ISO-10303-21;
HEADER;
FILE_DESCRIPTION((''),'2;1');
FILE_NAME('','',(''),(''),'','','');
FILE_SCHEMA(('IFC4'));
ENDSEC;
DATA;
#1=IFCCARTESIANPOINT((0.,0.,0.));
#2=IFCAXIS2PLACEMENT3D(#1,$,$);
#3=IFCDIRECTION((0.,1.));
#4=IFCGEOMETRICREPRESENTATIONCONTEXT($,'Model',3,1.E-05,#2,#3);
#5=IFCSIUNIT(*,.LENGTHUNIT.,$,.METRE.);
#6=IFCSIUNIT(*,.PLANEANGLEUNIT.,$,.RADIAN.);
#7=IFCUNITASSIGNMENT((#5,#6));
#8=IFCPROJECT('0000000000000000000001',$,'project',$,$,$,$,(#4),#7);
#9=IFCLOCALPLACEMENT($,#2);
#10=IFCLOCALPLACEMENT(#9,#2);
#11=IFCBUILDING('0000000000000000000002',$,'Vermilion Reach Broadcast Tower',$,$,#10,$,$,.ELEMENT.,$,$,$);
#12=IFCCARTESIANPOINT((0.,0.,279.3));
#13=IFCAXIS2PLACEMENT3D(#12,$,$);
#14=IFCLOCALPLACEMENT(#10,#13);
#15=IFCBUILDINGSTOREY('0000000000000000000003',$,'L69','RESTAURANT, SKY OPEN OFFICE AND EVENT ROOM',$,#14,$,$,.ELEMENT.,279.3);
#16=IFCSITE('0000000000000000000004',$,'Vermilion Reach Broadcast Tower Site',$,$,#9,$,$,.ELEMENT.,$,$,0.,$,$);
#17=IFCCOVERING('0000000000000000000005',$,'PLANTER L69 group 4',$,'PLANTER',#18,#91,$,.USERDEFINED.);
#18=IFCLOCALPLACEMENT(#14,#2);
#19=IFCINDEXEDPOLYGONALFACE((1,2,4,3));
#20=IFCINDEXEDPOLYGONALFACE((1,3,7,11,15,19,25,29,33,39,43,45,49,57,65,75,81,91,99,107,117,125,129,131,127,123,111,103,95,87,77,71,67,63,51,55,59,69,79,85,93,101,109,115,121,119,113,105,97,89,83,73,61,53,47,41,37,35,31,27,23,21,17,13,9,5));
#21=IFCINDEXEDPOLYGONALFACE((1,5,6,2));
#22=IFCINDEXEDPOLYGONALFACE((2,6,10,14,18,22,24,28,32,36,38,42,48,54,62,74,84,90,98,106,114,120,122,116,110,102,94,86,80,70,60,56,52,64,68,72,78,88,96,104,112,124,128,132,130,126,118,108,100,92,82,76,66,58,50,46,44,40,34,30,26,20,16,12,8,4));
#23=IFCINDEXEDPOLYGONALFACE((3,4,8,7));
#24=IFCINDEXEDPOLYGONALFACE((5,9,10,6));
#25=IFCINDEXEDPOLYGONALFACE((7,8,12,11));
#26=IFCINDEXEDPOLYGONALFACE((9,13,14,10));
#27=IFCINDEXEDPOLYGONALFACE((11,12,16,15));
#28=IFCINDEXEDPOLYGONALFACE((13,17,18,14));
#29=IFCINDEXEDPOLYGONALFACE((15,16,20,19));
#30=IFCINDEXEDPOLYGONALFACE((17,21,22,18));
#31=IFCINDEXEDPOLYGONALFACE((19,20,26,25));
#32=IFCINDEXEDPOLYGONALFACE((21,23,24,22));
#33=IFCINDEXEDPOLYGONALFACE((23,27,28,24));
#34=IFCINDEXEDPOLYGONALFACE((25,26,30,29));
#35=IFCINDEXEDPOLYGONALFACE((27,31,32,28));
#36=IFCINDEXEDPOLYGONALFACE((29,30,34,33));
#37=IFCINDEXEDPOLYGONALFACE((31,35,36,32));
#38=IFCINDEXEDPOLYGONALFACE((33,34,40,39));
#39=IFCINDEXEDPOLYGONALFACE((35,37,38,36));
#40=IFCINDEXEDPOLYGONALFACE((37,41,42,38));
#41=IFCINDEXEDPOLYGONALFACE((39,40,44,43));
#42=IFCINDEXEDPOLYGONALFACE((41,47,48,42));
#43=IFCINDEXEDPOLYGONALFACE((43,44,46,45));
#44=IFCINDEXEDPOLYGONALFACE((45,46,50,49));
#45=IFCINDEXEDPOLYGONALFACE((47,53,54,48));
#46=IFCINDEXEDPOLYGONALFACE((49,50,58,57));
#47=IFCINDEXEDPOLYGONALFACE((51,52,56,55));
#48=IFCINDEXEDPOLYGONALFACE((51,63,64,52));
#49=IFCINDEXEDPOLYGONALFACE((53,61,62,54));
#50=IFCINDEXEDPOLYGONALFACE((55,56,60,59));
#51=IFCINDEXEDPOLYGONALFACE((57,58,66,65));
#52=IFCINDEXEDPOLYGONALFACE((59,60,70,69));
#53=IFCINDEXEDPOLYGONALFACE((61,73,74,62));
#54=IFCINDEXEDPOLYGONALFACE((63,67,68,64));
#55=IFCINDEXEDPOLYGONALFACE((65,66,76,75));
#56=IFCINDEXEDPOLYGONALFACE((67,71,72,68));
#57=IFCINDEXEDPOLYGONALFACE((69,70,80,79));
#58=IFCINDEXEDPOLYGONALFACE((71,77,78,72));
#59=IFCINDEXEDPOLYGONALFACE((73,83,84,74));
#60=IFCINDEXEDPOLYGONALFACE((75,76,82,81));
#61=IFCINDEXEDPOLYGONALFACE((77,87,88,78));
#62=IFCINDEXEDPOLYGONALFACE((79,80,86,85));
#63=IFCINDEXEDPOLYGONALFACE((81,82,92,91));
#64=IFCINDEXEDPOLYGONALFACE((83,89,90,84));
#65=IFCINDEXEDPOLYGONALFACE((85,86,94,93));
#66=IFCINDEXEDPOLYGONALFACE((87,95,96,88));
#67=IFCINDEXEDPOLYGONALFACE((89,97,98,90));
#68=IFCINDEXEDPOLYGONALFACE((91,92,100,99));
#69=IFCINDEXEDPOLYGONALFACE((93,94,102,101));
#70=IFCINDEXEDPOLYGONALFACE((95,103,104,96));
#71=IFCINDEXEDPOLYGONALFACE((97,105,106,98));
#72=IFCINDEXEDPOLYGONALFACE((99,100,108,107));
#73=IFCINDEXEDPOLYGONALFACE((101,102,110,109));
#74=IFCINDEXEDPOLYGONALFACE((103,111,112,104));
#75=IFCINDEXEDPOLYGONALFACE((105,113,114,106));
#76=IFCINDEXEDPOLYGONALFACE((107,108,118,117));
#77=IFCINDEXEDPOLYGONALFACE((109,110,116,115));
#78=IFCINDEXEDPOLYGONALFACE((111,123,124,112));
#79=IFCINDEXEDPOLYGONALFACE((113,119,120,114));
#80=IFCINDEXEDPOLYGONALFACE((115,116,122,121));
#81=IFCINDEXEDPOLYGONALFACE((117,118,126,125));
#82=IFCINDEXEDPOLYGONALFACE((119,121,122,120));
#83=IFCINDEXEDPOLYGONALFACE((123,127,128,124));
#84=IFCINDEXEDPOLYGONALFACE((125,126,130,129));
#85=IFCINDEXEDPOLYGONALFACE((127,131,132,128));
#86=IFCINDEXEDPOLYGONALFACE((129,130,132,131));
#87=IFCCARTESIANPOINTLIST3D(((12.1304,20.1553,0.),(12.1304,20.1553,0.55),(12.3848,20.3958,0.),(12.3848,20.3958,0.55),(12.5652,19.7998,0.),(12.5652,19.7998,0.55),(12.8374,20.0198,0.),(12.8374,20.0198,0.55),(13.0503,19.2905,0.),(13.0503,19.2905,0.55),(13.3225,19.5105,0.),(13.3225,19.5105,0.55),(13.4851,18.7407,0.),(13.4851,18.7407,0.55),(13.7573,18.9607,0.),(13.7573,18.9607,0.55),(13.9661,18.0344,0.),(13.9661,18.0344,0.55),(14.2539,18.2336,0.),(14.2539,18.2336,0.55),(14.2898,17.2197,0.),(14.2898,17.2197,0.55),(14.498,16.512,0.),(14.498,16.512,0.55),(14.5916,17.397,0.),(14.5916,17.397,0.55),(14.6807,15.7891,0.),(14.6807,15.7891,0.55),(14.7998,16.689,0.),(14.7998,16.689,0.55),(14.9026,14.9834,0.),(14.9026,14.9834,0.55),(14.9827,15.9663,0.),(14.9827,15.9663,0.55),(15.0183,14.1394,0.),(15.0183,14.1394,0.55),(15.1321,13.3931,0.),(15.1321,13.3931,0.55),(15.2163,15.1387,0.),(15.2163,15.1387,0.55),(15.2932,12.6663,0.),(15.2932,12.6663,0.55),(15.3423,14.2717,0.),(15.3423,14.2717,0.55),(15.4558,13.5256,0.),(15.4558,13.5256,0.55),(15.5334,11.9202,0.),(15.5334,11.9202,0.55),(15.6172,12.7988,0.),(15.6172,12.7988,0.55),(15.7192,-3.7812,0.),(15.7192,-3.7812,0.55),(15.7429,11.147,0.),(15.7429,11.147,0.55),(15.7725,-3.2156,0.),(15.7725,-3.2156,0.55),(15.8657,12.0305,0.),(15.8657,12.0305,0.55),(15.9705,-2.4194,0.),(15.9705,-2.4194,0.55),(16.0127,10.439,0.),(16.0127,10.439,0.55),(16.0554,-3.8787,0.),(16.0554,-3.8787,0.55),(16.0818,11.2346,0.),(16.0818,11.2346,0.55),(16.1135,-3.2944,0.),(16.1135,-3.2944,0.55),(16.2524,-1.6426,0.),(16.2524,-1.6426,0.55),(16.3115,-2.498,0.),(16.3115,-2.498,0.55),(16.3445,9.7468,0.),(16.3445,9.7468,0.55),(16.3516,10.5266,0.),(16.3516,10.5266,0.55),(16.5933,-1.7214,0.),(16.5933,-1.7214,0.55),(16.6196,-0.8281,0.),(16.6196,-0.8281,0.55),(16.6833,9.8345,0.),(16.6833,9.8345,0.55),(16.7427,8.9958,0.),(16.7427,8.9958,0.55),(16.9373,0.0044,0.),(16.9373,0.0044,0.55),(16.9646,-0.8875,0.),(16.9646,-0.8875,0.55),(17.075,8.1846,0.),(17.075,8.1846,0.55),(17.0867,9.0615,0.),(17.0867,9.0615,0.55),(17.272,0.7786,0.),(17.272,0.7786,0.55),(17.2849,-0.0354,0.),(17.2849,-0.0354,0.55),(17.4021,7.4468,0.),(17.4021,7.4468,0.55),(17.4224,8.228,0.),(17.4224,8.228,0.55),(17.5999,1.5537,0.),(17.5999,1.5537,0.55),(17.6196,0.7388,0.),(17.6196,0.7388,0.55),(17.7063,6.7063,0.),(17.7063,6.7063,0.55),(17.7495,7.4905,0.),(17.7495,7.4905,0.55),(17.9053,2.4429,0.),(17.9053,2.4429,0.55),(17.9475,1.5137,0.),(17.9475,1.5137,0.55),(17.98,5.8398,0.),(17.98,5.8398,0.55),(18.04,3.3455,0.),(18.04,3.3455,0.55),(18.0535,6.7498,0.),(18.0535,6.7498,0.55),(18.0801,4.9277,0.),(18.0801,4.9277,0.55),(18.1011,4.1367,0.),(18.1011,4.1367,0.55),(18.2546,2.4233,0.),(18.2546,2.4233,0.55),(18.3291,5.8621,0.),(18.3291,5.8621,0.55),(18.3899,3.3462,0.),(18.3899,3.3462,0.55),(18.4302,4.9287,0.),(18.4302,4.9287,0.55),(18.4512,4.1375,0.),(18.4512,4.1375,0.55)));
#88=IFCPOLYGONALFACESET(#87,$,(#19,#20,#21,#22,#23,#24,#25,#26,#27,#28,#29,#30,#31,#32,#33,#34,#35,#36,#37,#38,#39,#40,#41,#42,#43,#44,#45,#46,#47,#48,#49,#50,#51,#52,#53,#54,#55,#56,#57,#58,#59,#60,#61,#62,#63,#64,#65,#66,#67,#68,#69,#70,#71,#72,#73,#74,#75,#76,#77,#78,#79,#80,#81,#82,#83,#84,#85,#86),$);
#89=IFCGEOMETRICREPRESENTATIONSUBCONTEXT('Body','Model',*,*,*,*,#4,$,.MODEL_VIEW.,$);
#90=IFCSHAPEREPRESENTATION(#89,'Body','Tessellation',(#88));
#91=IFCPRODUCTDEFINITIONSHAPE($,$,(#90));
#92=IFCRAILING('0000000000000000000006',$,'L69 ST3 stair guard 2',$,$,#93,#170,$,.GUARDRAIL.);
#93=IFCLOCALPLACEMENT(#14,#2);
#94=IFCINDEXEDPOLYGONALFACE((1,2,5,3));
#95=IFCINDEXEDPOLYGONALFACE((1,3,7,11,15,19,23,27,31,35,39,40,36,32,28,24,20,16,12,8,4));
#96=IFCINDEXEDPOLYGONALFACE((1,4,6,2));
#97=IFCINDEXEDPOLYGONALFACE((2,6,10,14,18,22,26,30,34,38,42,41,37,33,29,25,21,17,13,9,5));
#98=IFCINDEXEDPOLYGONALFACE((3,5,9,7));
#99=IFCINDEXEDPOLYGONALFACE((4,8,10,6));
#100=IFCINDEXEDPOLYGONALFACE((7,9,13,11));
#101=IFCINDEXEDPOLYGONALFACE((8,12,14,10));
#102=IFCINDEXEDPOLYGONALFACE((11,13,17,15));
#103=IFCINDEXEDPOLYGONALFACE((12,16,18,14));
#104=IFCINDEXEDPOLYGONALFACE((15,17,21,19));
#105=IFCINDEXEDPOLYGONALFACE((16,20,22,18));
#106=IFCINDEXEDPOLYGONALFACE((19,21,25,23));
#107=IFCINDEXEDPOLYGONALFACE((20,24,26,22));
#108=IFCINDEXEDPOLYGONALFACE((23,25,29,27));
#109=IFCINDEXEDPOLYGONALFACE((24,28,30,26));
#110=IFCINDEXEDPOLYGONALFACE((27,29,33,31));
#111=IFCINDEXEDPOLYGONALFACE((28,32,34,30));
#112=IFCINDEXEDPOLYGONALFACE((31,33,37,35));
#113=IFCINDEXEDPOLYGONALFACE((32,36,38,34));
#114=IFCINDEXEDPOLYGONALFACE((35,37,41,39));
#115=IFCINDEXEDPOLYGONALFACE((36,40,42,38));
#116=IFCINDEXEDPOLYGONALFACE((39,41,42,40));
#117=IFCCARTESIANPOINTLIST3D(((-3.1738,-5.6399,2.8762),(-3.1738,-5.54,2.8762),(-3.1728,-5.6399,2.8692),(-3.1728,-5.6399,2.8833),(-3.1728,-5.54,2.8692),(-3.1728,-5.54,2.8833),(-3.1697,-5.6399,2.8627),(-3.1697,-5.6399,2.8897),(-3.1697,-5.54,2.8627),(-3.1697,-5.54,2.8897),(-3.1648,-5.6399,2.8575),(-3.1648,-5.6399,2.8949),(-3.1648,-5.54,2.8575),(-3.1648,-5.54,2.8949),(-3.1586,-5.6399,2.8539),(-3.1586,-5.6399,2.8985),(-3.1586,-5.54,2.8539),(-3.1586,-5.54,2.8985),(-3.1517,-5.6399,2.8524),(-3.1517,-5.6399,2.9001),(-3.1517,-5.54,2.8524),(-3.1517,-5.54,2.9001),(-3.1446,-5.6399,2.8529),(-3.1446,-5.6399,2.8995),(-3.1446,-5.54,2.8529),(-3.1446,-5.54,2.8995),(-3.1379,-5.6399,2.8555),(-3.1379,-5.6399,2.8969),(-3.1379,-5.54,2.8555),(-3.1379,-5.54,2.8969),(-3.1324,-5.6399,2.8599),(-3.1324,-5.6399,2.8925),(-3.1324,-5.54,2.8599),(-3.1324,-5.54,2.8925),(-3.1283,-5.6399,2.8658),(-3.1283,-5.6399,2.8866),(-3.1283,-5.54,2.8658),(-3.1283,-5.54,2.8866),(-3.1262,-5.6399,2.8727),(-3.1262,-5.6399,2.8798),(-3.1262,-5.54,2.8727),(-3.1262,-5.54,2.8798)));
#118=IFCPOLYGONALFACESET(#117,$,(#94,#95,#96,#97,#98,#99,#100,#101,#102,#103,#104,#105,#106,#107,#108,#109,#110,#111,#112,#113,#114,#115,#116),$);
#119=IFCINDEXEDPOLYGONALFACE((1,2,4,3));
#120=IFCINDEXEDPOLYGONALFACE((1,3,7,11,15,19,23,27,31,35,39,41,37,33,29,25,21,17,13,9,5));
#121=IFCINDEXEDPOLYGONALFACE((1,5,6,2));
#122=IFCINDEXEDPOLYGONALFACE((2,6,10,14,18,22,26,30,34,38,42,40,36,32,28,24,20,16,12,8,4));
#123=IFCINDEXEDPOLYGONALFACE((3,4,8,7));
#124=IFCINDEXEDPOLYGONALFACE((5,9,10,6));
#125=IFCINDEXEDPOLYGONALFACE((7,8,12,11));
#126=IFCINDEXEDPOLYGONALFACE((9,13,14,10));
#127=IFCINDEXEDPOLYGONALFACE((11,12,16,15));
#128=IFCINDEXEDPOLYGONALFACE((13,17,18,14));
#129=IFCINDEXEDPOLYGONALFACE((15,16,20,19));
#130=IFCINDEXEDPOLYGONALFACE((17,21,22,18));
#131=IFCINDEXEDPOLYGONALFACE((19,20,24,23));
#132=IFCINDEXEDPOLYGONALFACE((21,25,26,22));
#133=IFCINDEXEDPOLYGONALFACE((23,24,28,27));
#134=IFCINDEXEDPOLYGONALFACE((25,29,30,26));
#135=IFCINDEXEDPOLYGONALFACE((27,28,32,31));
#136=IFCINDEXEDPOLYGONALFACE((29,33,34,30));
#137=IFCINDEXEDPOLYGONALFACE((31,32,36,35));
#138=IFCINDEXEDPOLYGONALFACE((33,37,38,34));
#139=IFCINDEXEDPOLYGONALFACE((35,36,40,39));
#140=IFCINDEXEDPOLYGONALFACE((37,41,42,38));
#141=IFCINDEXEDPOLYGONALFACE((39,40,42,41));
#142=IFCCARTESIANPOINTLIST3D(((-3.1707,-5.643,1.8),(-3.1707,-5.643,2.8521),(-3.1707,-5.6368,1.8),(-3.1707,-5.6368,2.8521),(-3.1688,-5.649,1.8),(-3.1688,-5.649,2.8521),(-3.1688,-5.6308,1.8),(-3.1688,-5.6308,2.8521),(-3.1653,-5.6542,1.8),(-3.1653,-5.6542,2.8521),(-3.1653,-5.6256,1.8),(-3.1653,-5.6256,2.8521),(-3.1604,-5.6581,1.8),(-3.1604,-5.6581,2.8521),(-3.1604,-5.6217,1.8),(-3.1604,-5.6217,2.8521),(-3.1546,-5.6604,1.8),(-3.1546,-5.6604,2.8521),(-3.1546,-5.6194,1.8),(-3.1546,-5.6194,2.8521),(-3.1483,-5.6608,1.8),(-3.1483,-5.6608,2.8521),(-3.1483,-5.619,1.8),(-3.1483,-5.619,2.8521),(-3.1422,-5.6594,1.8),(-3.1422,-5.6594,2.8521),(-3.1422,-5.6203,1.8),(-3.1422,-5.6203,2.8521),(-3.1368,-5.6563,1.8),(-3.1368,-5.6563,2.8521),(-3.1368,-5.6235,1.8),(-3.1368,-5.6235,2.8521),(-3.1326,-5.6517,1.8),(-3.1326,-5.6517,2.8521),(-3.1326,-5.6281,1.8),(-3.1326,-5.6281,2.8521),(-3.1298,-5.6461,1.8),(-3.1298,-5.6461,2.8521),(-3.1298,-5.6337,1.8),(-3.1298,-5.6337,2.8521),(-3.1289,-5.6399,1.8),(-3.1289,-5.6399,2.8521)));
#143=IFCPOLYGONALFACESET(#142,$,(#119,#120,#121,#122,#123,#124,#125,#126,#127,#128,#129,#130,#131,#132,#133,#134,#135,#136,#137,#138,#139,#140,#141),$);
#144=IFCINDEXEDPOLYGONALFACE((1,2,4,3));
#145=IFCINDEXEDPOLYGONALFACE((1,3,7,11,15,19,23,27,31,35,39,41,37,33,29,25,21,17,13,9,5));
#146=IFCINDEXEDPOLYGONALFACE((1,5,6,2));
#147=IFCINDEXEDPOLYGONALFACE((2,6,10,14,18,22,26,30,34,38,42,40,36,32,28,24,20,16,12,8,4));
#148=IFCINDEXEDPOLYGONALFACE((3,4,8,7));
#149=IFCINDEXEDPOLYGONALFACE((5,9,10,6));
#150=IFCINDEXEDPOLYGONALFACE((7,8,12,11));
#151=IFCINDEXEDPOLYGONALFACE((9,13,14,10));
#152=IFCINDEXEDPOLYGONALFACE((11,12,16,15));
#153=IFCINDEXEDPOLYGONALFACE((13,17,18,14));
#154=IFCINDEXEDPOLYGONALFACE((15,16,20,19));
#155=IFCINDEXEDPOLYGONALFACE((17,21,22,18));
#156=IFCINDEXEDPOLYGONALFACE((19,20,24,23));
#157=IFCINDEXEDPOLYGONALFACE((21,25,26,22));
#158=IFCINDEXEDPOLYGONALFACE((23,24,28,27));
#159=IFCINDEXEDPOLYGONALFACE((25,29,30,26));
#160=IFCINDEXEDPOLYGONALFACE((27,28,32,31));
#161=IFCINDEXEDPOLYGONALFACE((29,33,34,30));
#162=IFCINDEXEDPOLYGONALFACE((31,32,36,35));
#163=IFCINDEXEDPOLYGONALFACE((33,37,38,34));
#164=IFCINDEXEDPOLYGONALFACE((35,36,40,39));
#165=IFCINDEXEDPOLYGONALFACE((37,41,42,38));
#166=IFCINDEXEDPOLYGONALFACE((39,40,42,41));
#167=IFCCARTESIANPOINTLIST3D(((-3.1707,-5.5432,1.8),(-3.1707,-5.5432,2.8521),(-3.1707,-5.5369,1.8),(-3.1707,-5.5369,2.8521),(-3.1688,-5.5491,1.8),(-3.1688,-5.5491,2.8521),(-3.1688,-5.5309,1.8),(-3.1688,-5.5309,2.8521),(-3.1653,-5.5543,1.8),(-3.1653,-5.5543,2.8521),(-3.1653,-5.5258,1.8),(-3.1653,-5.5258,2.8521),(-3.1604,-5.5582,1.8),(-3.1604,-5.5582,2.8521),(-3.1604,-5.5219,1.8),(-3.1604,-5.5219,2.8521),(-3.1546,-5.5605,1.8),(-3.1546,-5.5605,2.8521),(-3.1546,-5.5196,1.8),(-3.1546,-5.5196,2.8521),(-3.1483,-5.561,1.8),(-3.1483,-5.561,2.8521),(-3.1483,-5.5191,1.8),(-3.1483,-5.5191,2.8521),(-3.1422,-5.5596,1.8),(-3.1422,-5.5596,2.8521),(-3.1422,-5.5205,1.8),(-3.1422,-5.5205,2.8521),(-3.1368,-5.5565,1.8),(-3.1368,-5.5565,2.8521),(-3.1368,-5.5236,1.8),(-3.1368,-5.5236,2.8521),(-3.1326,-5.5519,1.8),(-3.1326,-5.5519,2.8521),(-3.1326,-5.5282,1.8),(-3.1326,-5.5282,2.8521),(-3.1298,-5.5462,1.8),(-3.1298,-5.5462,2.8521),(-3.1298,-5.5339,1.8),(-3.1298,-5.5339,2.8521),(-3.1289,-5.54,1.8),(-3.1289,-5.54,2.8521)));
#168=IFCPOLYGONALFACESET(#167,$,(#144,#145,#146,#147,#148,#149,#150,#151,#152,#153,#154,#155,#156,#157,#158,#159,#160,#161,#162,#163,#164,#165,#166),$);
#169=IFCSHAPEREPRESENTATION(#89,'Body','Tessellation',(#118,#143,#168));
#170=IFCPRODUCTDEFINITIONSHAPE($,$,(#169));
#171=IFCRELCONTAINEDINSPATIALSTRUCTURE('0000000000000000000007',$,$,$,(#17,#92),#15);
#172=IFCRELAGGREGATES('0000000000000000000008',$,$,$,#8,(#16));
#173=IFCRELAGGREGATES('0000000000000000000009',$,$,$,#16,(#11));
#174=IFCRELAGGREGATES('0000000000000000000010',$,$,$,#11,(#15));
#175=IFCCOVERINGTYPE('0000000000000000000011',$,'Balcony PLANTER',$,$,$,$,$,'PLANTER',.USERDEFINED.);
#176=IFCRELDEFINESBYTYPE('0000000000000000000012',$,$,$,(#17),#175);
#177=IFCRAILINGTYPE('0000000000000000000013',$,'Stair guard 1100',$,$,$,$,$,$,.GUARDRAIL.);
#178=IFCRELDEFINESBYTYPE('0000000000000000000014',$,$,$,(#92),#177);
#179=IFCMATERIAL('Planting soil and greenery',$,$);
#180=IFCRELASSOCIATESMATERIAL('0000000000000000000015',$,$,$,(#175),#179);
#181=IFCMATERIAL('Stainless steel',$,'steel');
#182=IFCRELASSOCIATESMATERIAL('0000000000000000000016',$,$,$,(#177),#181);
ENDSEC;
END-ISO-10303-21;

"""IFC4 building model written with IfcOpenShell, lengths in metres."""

from ifc_helpers import new_model, si_unit, direction, frame, origin, origin_2d, place, context, subcontext, project, spatial, polyline, circle, outline, extrude, material, type_object, element, save


model = new_model("IFC4")

# Units and contexts
model_context = context("Model", 3, precision=1e-05, world=origin(), true_north=direction((0.0, 1.0)))
body_context = subcontext(model_context, "Body", "Model", "MODEL_VIEW")
ifc_project = project(units=[si_unit("LENGTHUNIT", "METRE"), si_unit("PLANEANGLEUNIT", "RADIAN")], contexts=[model_context])

# Site, building, storey
site_placement = place(None, origin())
site = spatial("IfcSite", under=ifc_project, at=site_placement, Name="Vermilion Reach Broadcast Tower Site", CompositionType="ELEMENT", RefElevation=0.0)
building_placement = place(site_placement, origin())
building = spatial("IfcBuilding", under=site, at=building_placement, Name="Vermilion Reach Broadcast Tower", CompositionType="ELEMENT")
storey_placement = place(building_placement, frame((0.0, 0.0, 279.3)))
storey = spatial("IfcBuildingStorey", under=building, at=storey_placement, Name="L69", Description="RESTAURANT, SKY OPEN OFFICE AND EVENT ROOM", CompositionType="ELEMENT", Elevation=279.3)

# Shared definitions
placement_1 = place(storey_placement, origin())

# Covering
ifc_material_1 = material(Name="Planting soil and greenery")
covering_type = type_object("IfcCoveringType", Name="Balcony PLANTER", ElementType="PLANTER", PredefinedType="USERDEFINED", material=ifc_material_1)
element("IfcCovering", 1, at=placement_1, inside=storey, type_object=covering_type, Name="PLANTER L69 group 4", ObjectType="PLANTER", PredefinedType="USERDEFINED", context=body_context, shape_type="SweptSolid", body=[
    extrude(outline(polyline([(16.0554, -3.8787), (16.1135, -3.2944), (16.3115, -2.498), (16.5933, -1.7214), (16.9646, -0.8875), (17.2849, -0.0354), (17.6196, 0.7388), (17.9475, 1.5137), (18.2546, 2.4233), (18.3899, 3.3462), (18.4512, 4.1375), (18.4302, 4.9287), (18.3291, 5.8621), (18.0535, 6.7498), (17.7495, 7.4905), (17.4224, 8.228), (17.0867, 9.0615), (16.6833, 9.8345), (16.3516, 10.5266), (16.0818, 11.2346), (15.8657, 12.0305), (15.6172, 12.7988), (15.4558, 13.5256), (15.3423, 14.2717), (15.2163, 15.1387), (14.9827, 15.9663), (14.7998, 16.689), (14.5916, 17.397), (14.2539, 18.2336), (13.7573, 18.9607), (13.3225, 19.5105), (12.8374, 20.0198), (12.3848, 20.3958), (12.1304, 20.1553), (12.5652, 19.7998), (13.0503, 19.2905), (13.4851, 18.7407), (13.9661, 18.0344), (14.2898, 17.2197), (14.498, 16.512), (14.6807, 15.7891), (14.9026, 14.9834), (15.0183, 14.1394), (15.1321, 13.3931), (15.2932, 12.6663), (15.5334, 11.9202), (15.7429, 11.147), (16.0127, 10.439), (16.3445, 9.7468), (16.7427, 8.9958), (17.075, 8.1846), (17.4021, 7.4468), (17.7063, 6.7063), (17.98, 5.8398), (18.0801, 4.9277), (18.1011, 4.1367), (18.04, 3.3455), (17.9053, 2.4429), (17.5999, 1.5537), (17.272, 0.7786), (16.9373, 0.0044), (16.6196, -0.8281), (16.2524, -1.6426), (15.9705, -2.4194), (15.7725, -3.2156), (15.7192, -3.7812), (16.0554, -3.8787)])), origin(), (0.0, 0.0, 1.0), 0.55),
])

# Railing
ifc_material_2 = material(Name="Stainless steel", Category="steel")
railing_type_1 = type_object("IfcRailingType", Name="Stair guard 1100", PredefinedType="GUARDRAIL", material=ifc_material_2)
railing_1_placement = place(storey_placement, frame((-3.1499, -5.6399, 1.8)))
element("IfcRailing", 2, at=railing_1_placement, inside=storey, type_object=railing_type_1, Name="L69 ST3 stair guard 2", PredefinedType="GUARDRAIL", context=body_context, shape_type="SweptSolid", body=[
    extrude(circle(Radius=0.0239, at=origin_2d()), frame((0.0, 0.0, 1.0762), z_axis=(0.0, 1.0, 0.0), x_axis=(-1.0, 0.0, 0.0)), (0.0, 0.0, 1.0), 0.0999),
    extrude(circle(Radius=0.021, at=origin_2d()), origin(), (0.0, 0.0, 1.0), 1.052),
    extrude(circle(Radius=0.021, at=origin_2d()), frame((0.0, 0.0999, 0.0)), (0.0, 0.0, 1.0), 1.052),
])

save(model, "model.ifc")
